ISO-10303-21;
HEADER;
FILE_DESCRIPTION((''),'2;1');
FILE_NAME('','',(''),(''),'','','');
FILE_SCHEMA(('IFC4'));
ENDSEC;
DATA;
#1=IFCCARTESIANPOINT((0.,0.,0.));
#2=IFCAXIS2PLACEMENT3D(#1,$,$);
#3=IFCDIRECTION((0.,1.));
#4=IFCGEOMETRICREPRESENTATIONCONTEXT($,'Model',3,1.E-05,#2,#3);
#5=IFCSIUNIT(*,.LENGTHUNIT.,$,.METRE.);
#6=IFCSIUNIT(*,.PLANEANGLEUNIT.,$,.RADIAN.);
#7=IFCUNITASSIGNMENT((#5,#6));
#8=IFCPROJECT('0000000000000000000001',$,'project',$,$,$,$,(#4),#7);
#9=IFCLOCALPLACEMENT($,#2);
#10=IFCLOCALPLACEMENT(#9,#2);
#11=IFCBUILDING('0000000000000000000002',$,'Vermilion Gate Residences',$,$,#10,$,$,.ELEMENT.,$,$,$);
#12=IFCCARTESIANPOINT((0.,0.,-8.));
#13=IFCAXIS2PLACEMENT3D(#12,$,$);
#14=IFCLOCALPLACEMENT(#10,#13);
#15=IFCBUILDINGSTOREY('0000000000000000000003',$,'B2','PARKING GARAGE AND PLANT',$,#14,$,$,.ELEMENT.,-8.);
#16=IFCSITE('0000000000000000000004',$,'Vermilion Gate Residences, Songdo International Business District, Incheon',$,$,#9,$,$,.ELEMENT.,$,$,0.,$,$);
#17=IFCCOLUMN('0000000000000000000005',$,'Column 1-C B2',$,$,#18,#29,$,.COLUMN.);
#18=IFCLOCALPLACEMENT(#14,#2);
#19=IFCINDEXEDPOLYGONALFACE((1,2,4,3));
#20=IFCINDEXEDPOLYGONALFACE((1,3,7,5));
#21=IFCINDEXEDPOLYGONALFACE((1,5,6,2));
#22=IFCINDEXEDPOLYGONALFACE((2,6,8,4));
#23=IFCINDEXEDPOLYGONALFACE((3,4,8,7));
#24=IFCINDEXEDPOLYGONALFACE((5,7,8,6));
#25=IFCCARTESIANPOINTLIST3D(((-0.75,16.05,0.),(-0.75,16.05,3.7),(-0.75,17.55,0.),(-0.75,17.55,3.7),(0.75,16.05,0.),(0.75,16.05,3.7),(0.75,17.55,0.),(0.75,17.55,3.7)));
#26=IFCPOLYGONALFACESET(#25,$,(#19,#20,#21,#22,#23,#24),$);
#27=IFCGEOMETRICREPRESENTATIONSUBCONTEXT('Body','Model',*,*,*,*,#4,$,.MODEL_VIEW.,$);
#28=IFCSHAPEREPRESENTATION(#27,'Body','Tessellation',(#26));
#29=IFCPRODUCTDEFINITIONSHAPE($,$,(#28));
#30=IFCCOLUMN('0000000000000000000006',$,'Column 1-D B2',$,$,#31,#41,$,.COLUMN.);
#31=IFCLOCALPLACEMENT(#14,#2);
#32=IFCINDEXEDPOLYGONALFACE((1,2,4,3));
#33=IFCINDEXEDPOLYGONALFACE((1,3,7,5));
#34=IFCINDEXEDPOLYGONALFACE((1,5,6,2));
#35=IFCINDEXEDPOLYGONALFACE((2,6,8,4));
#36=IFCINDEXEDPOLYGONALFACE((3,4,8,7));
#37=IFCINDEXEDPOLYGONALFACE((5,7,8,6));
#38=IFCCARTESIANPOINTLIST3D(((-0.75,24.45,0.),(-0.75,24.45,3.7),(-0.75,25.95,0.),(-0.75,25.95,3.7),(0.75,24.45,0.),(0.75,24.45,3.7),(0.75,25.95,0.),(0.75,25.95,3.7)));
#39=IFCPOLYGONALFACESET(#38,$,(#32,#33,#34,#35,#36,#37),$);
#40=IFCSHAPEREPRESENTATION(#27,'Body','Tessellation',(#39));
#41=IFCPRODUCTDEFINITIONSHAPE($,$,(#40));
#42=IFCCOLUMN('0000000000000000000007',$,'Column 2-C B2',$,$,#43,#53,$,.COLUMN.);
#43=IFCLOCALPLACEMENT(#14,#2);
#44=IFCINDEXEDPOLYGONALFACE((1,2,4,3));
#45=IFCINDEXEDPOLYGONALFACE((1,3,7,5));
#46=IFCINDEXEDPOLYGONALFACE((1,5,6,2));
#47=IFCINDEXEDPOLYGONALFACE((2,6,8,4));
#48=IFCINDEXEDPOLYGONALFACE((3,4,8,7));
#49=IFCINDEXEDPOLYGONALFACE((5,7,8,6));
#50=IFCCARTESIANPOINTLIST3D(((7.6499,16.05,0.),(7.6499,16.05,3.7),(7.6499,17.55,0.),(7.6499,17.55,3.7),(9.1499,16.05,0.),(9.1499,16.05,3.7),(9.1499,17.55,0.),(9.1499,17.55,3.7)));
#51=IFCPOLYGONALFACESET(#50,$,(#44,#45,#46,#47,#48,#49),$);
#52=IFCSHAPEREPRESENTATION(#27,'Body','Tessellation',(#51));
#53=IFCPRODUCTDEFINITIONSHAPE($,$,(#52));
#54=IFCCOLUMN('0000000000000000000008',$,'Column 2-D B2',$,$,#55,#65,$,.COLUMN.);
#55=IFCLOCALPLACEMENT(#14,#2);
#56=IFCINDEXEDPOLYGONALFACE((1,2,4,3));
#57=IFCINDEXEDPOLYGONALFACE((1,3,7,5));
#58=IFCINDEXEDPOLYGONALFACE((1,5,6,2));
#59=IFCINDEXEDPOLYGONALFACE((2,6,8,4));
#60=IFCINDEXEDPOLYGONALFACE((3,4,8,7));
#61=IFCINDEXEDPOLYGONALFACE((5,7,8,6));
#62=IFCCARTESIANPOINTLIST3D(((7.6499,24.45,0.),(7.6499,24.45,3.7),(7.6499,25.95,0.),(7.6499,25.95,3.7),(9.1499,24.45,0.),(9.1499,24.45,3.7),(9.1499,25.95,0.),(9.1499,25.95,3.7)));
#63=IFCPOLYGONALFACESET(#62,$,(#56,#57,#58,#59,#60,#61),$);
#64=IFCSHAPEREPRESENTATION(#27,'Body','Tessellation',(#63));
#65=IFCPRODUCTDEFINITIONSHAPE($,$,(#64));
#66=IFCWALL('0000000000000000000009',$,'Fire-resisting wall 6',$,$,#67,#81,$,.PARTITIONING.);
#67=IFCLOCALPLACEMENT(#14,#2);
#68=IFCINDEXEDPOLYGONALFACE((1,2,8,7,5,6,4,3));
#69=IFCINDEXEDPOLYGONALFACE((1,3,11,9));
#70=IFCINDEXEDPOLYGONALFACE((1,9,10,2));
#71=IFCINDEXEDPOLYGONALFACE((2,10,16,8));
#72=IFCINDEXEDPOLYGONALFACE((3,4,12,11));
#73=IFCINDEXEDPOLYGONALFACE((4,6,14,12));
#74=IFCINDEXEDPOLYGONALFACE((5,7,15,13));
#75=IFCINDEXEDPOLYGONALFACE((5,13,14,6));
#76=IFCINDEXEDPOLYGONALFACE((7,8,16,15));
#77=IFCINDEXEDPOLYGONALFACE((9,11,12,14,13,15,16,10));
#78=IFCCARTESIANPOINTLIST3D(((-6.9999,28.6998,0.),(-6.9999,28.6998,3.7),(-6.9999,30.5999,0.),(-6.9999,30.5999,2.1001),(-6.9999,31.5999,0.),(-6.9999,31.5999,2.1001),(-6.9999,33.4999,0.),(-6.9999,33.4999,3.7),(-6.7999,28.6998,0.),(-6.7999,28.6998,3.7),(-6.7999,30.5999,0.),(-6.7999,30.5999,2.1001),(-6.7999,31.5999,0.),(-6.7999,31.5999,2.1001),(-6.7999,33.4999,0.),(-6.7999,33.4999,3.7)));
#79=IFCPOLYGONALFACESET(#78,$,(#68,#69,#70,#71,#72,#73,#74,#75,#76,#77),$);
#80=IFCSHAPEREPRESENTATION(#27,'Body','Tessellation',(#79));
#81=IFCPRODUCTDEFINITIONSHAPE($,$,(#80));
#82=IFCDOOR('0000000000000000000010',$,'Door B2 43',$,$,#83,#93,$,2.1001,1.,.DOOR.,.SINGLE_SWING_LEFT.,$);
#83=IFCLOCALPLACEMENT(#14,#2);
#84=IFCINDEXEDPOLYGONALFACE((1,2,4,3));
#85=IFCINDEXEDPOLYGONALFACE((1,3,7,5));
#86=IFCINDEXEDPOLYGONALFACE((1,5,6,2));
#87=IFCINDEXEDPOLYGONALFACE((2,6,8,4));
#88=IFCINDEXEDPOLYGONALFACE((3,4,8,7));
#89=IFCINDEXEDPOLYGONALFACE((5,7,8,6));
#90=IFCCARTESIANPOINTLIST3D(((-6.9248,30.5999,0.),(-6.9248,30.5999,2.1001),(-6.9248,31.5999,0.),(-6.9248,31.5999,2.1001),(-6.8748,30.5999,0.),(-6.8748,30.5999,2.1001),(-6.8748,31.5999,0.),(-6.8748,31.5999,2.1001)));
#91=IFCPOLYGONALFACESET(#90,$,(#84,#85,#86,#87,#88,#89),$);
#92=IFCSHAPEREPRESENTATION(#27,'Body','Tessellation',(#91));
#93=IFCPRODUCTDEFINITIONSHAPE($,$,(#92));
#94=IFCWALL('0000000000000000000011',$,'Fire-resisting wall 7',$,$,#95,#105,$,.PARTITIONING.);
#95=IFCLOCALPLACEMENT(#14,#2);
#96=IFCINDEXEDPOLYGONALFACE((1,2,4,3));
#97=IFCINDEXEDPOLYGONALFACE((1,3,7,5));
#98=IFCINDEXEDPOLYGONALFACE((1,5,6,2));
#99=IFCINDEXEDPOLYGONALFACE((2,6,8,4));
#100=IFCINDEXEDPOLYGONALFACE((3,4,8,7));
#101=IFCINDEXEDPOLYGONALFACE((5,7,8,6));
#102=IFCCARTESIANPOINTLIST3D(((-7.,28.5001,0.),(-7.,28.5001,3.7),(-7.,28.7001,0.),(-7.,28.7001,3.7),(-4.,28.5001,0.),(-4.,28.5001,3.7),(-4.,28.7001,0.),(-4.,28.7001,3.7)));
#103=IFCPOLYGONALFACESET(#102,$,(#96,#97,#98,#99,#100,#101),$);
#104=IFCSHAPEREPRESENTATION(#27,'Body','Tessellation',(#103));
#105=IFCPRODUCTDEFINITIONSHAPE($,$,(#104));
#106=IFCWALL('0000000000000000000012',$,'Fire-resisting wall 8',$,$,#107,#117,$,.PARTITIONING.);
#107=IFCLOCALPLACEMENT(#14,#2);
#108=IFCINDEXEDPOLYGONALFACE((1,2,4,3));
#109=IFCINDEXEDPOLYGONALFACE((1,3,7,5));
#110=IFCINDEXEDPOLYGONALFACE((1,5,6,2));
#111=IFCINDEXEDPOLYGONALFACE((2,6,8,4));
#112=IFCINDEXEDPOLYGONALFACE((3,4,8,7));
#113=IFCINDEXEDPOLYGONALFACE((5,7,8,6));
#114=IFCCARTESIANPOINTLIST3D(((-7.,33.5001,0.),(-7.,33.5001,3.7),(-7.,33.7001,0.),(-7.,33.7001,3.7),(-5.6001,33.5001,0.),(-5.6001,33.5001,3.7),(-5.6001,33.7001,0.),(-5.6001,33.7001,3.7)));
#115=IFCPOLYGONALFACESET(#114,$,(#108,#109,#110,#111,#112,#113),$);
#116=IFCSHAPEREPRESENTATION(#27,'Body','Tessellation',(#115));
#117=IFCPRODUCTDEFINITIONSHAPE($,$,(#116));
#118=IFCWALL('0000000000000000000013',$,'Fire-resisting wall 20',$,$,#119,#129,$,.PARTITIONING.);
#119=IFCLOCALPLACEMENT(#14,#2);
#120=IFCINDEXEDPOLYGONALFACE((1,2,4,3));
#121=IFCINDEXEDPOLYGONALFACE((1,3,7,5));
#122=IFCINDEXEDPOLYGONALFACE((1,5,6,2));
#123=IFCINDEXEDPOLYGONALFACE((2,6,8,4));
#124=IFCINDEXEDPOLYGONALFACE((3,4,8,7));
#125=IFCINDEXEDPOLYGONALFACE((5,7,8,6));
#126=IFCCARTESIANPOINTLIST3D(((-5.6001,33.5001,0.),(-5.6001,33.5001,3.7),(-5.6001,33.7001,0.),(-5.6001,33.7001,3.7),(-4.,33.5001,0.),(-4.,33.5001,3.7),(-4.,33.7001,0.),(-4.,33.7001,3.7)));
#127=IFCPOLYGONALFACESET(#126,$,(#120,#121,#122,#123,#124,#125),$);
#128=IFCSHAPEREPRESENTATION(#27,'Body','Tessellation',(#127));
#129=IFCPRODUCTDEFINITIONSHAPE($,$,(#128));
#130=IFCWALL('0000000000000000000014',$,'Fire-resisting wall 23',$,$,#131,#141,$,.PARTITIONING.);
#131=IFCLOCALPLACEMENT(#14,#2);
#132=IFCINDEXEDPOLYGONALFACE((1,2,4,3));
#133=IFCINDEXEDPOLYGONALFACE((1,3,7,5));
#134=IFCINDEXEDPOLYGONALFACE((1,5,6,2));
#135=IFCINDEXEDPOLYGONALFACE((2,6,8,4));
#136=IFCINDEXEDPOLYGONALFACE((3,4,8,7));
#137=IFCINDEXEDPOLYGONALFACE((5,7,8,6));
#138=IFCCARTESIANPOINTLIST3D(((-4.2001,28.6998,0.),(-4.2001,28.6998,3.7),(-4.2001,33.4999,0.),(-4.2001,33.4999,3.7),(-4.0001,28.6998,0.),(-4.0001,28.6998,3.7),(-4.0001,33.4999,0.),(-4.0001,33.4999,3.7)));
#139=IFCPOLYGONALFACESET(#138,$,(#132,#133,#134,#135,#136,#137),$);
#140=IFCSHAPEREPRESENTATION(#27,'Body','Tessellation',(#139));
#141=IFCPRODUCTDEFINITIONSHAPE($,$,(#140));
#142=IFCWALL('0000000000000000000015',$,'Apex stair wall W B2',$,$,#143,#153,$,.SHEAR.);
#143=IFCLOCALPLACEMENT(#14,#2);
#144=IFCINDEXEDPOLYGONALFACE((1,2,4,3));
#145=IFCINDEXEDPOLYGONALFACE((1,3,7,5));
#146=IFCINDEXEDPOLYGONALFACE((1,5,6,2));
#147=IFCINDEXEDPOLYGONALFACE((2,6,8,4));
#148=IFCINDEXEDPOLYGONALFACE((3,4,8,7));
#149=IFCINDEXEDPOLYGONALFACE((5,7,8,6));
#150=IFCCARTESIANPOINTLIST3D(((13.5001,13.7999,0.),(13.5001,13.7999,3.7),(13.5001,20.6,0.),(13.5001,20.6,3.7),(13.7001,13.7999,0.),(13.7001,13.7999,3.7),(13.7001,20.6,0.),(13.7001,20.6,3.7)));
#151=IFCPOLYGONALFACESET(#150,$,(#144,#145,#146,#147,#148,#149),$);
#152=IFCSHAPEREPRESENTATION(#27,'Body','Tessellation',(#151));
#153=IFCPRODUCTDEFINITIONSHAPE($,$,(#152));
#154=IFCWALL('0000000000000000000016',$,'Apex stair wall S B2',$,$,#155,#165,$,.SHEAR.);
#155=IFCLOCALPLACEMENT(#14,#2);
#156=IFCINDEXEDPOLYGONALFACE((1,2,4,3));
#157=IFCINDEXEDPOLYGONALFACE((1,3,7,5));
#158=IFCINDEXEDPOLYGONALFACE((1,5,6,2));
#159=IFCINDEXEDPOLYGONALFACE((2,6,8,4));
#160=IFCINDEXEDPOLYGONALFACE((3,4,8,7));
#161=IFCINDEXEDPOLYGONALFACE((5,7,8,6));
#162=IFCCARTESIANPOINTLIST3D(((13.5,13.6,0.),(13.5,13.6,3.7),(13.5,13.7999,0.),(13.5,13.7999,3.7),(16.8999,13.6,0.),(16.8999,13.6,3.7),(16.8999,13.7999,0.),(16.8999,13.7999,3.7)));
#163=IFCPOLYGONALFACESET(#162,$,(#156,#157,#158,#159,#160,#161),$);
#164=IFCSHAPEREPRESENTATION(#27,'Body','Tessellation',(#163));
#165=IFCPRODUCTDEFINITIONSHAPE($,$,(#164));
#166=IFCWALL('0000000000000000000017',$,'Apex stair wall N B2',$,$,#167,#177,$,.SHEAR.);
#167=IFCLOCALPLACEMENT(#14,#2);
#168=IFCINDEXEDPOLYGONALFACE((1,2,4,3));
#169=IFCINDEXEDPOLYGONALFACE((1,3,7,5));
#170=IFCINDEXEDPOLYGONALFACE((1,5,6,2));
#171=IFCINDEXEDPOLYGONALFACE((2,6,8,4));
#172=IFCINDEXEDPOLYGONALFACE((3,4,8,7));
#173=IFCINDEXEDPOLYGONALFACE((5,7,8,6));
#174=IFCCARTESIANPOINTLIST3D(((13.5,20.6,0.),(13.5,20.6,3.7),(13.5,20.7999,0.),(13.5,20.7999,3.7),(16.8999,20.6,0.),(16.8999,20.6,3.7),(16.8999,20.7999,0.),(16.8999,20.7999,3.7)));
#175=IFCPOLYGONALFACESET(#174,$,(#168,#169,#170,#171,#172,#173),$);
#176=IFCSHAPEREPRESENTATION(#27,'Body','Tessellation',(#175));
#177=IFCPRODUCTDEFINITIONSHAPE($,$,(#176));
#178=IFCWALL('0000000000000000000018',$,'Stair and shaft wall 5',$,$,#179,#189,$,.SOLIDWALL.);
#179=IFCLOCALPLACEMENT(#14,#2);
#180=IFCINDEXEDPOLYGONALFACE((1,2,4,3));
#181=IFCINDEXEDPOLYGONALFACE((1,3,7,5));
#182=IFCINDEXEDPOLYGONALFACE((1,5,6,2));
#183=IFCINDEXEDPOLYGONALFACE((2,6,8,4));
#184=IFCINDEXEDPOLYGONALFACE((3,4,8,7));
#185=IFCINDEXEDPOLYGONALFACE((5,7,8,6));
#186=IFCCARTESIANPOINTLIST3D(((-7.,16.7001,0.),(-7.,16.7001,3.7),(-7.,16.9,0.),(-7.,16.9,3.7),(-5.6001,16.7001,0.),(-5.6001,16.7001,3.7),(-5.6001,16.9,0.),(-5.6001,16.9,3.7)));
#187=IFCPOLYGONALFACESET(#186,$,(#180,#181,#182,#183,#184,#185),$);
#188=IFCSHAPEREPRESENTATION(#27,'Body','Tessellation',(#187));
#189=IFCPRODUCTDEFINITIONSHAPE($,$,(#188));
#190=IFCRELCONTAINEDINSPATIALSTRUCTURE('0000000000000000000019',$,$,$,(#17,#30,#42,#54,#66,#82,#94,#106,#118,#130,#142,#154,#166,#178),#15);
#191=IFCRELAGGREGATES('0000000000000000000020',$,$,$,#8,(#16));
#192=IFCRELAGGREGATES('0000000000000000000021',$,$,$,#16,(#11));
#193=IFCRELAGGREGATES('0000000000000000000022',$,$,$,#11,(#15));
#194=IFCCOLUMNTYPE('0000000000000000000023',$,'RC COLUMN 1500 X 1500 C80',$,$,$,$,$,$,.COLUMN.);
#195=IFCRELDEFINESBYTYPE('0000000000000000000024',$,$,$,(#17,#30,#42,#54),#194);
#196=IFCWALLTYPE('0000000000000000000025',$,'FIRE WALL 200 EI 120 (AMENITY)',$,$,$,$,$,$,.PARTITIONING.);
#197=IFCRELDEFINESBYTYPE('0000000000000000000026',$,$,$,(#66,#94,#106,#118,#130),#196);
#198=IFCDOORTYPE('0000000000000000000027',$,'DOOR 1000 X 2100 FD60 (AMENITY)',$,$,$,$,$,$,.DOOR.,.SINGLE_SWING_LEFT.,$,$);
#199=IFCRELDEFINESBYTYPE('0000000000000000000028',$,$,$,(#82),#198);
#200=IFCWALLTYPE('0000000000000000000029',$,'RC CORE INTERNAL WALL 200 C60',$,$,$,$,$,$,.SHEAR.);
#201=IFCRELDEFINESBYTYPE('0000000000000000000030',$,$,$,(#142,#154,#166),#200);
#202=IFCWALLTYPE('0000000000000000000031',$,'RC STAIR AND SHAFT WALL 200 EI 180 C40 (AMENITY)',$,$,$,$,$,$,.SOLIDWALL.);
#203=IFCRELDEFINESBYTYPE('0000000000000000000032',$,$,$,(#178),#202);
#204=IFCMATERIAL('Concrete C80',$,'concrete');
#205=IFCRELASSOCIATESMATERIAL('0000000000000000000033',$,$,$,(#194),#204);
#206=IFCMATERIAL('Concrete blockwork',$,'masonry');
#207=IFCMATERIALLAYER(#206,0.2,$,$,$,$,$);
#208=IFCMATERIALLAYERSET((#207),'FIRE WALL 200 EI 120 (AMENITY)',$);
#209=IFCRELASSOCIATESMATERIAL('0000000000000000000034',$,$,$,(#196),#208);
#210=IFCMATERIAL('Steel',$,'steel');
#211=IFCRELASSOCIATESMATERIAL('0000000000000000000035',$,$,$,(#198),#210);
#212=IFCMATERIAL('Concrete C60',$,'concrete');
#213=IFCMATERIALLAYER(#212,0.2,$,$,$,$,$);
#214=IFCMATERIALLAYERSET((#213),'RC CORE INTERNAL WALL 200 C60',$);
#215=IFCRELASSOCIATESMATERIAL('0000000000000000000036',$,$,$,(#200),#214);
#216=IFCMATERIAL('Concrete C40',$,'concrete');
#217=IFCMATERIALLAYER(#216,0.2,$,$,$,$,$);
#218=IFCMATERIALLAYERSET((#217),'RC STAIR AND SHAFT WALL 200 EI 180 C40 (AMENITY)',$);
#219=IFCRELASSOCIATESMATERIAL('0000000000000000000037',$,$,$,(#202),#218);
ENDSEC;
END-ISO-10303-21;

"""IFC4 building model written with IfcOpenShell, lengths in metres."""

from ifc_helpers import new_model, si_unit, direction, frame, frame_2d, origin, origin_2d, place, context, subcontext, project, spatial, rectangle, extrude, material, layer, layer_set, material_profile, profile_set, type_object, element, fill, save


model = new_model("IFC4")

# Units and contexts
model_context = context("Model", 3, precision=1e-05, world=origin(), true_north=direction((0.0, 1.0)))
body_context = subcontext(model_context, "Body", "Model", "MODEL_VIEW")
ifc_project = project(units=[si_unit("LENGTHUNIT", "METRE"), si_unit("PLANEANGLEUNIT", "RADIAN")], contexts=[model_context])

# Site, building, storey
site_placement = place(None, origin())
site = spatial("IfcSite", under=ifc_project, at=site_placement, Name="Vermilion Gate Residences, Songdo International Business District, Incheon", CompositionType="ELEMENT", RefElevation=0.0)
building_placement = place(site_placement, origin())
building = spatial("IfcBuilding", under=site, at=building_placement, Name="Vermilion Gate Residences", CompositionType="ELEMENT")
storey_placement = place(building_placement, frame((0.0, 0.0, -8.0)))
storey = spatial("IfcBuildingStorey", under=building, at=storey_placement, Name="B2", Description="PARKING GARAGE AND PLANT", CompositionType="ELEMENT", Elevation=-8.0)

# Columns
ifc_material_1 = material(Name="Concrete C80", Category="concrete")
ifc_material_profile = material_profile(ifc_material_1, rectangle(XDim=1.5, YDim=1.5, at=origin_2d()), Name="RC-1500x1500")
ifc_profile_set = profile_set([ifc_material_profile], Name="Concrete C80")
column_type = type_object("IfcColumnType", Name="RC COLUMN 1500 X 1500 C80", PredefinedType="COLUMN", material=ifc_profile_set)
for number, where, z_axis, x_axis, name in (
    (1, (0.0, 16.8, 0.0), (0.0, 0.0, 1.0), (1.0, 0.0, 0.0), "Column 1-C B2"),
    (2, (0.0, 25.2, 0.0), (0.0, 0.0, 1.0), (1.0, 0.0, 0.0), "Column 1-D B2"),
    (3, (8.3999, 16.8, 0.0), (0.0, 0.0, 1.0), (1.0, 0.0, 0.0), "Column 2-C B2"),
    (4, (8.3999, 25.2, 0.0), (0.0, 0.0, 1.0), (1.0, 0.0, 0.0), "Column 2-D B2"),
):
    element("IfcColumn", number, at=place(storey_placement, frame(where, z_axis=z_axis, x_axis=x_axis)), inside=storey, type_object=column_type, Name=name, PredefinedType="COLUMN", context=body_context, shape_type="SweptSolid", body=[
        extrude(rectangle(XDim=1.5, YDim=1.5, at=origin_2d()), origin(), (0.0, 0.0, 1.0), 3.7),
    ])

# Wall, opening, door
ifc_material_2 = material(Name="Concrete blockwork", Category="masonry")
ifc_layer_1 = layer(ifc_material_2, 0.2)
ifc_layer_set_1 = layer_set([ifc_layer_1], Name="FIRE WALL 200 EI 120 (AMENITY)")
wall_type_1 = type_object("IfcWallType", Name="FIRE WALL 200 EI 120 (AMENITY)", PredefinedType="PARTITIONING", material=ifc_layer_set_1)
wall_1_placement = place(storey_placement, frame((-6.8999, 28.7, 0.0), z_axis=(0.0, 0.0, 1.0), x_axis=(0.0, 1.0, 0.0)))
wall_1 = element("IfcWall", 5, at=wall_1_placement, inside=storey, type_object=wall_type_1, Name="Fire-resisting wall 6", PredefinedType="PARTITIONING", context=body_context, shape_type="SweptSolid", body=[
    extrude(rectangle(XDim=4.8, YDim=0.2, at=frame_2d((2.3999, 0.0))), origin(), (0.0, 0.0, 1.0), 3.7),
])
opening_placement = place(wall_1_placement, frame((1.8999, 0.0, 0.0)))
opening = element("IfcOpeningElement", 6, at=opening_placement, cuts=wall_1, PredefinedType="OPENING", context=body_context, shape_type="SweptSolid", body=[
    extrude(rectangle(XDim=1.0, YDim=2.1001, at=frame_2d((0.5, 1.05))), frame((0.0, 0.1099, 0.0), z_axis=(0.0, -1.0, 0.0), x_axis=(1.0, 0.0, 0.0)), (0.0, 0.0, 1.0), 0.22),
])
ifc_material_3 = material(Name="Steel", Category="steel")
door_type = type_object("IfcDoorType", Name="DOOR 1000 X 2100 FD60 (AMENITY)", OperationType="SINGLE_SWING_LEFT", PredefinedType="DOOR", material=ifc_material_3)
door_placement = place(opening_placement, origin())
door = element("IfcDoor", 7, at=door_placement, inside=storey, type_object=door_type, Name="Door B2 43", OperationType="SINGLE_SWING_LEFT", OverallHeight=2.1001, OverallWidth=1.0, PredefinedType="DOOR", context=body_context, shape_type="SweptSolid", body=[
    extrude(rectangle(XDim=1.0, YDim=2.1001, at=frame_2d((0.5, 1.05))), frame((0.0, 0.0249, 0.0), z_axis=(0.0, -1.0, 0.0), x_axis=(1.0, 0.0, 0.0)), (0.0, 0.0, 1.0), 0.05),
])
fill(opening, door)

# Walls
wall_2_placement = place(storey_placement, frame((-7.0, 28.6001, 0.0), z_axis=(0.0, 0.0, 1.0), x_axis=(1.0, 0.0, 0.0)))
element("IfcWall", 8, at=wall_2_placement, inside=storey, type_object=wall_type_1, Name="Fire-resisting wall 7", PredefinedType="PARTITIONING", context=body_context, shape_type="SweptSolid", body=[
    extrude(rectangle(XDim=3.0, YDim=0.2, at=frame_2d((1.5, 0.0))), origin(), (0.0, 0.0, 1.0), 3.7),
])
wall_3_placement = place(storey_placement, frame((-7.0, 33.6001, 0.0), z_axis=(0.0, 0.0, 1.0), x_axis=(1.0, 0.0, 0.0)))
element("IfcWall", 9, at=wall_3_placement, inside=storey, type_object=wall_type_1, Name="Fire-resisting wall 8", PredefinedType="PARTITIONING", context=body_context, shape_type="SweptSolid", body=[
    extrude(rectangle(XDim=1.3999, YDim=0.2, at=frame_2d((0.7, 0.0))), origin(), (0.0, 0.0, 1.0), 3.7),
])
wall_4_placement = place(storey_placement, frame((-5.6001, 33.6001, 0.0), z_axis=(0.0, 0.0, 1.0), x_axis=(1.0, 0.0, 0.0)))
element("IfcWall", 10, at=wall_4_placement, inside=storey, type_object=wall_type_1, Name="Fire-resisting wall 20", PredefinedType="PARTITIONING", context=body_context, shape_type="SweptSolid", body=[
    extrude(rectangle(XDim=1.6001, YDim=0.2, at=frame_2d((0.8, 0.0))), origin(), (0.0, 0.0, 1.0), 3.7),
])
wall_5_placement = place(storey_placement, frame((-4.1001, 28.7, 0.0), z_axis=(0.0, 0.0, 1.0), x_axis=(0.0, 1.0, 0.0)))
element("IfcWall", 11, at=wall_5_placement, inside=storey, type_object=wall_type_1, Name="Fire-resisting wall 23", PredefinedType="PARTITIONING", context=body_context, shape_type="SweptSolid", body=[
    extrude(rectangle(XDim=4.8, YDim=0.2, at=frame_2d((2.3999, 0.0))), origin(), (0.0, 0.0, 1.0), 3.7),
])
ifc_material_4 = material(Name="Concrete C60", Category="concrete")
ifc_layer_2 = layer(ifc_material_4, 0.2)
ifc_layer_set_2 = layer_set([ifc_layer_2], Name="RC CORE INTERNAL WALL 200 C60")
wall_type_2 = type_object("IfcWallType", Name="RC CORE INTERNAL WALL 200 C60", PredefinedType="SHEAR", material=ifc_layer_set_2)
wall_6_placement = place(storey_placement, frame((13.6001, 13.8, 0.0), z_axis=(0.0, 0.0, 1.0), x_axis=(0.0, 1.0, 0.0)))
element("IfcWall", 12, at=wall_6_placement, inside=storey, type_object=wall_type_2, Name="Apex stair wall W B2", PredefinedType="SHEAR", context=body_context, shape_type="SweptSolid", body=[
    extrude(rectangle(XDim=6.8, YDim=0.2, at=frame_2d((3.3999, 0.0))), origin(), (0.0, 0.0, 1.0), 3.7),
])
for number, where, z_axis, x_axis, name in (
    (13, (13.5, 13.7, 0.0), (0.0, 0.0, 1.0), (1.0, 0.0, 0.0), "Apex stair wall S B2"),
    (14, (13.5, 20.7, 0.0), (0.0, 0.0, 1.0), (1.0, 0.0, 0.0), "Apex stair wall N B2"),
):
    element("IfcWall", number, at=place(storey_placement, frame(where, z_axis=z_axis, x_axis=x_axis)), inside=storey, type_object=wall_type_2, Name=name, PredefinedType="SHEAR", context=body_context, shape_type="SweptSolid", body=[
        extrude(rectangle(XDim=3.3999, YDim=0.2, at=frame_2d((1.7, 0.0))), origin(), (0.0, 0.0, 1.0), 3.7),
    ])
ifc_material_5 = material(Name="Concrete C40", Category="concrete")
ifc_layer_3 = layer(ifc_material_5, 0.2)
ifc_layer_set_3 = layer_set([ifc_layer_3], Name="RC STAIR AND SHAFT WALL 200 EI 180 C40 (AMENITY)")
wall_type_3 = type_object("IfcWallType", Name="RC STAIR AND SHAFT WALL 200 EI 180 C40 (AMENITY)", PredefinedType="SOLIDWALL", material=ifc_layer_set_3)
wall_7_placement = place(storey_placement, frame((-7.0, 16.8, 0.0), z_axis=(0.0, 0.0, 1.0), x_axis=(1.0, 0.0, 0.0)))
element("IfcWall", 15, at=wall_7_placement, inside=storey, type_object=wall_type_3, Name="Stair and shaft wall 5", PredefinedType="SOLIDWALL", context=body_context, shape_type="SweptSolid", body=[
    extrude(rectangle(XDim=1.3999, YDim=0.2, at=frame_2d((0.7, 0.0))), origin(), (0.0, 0.0, 1.0), 3.7),
])

save(model, "model.ifc")
